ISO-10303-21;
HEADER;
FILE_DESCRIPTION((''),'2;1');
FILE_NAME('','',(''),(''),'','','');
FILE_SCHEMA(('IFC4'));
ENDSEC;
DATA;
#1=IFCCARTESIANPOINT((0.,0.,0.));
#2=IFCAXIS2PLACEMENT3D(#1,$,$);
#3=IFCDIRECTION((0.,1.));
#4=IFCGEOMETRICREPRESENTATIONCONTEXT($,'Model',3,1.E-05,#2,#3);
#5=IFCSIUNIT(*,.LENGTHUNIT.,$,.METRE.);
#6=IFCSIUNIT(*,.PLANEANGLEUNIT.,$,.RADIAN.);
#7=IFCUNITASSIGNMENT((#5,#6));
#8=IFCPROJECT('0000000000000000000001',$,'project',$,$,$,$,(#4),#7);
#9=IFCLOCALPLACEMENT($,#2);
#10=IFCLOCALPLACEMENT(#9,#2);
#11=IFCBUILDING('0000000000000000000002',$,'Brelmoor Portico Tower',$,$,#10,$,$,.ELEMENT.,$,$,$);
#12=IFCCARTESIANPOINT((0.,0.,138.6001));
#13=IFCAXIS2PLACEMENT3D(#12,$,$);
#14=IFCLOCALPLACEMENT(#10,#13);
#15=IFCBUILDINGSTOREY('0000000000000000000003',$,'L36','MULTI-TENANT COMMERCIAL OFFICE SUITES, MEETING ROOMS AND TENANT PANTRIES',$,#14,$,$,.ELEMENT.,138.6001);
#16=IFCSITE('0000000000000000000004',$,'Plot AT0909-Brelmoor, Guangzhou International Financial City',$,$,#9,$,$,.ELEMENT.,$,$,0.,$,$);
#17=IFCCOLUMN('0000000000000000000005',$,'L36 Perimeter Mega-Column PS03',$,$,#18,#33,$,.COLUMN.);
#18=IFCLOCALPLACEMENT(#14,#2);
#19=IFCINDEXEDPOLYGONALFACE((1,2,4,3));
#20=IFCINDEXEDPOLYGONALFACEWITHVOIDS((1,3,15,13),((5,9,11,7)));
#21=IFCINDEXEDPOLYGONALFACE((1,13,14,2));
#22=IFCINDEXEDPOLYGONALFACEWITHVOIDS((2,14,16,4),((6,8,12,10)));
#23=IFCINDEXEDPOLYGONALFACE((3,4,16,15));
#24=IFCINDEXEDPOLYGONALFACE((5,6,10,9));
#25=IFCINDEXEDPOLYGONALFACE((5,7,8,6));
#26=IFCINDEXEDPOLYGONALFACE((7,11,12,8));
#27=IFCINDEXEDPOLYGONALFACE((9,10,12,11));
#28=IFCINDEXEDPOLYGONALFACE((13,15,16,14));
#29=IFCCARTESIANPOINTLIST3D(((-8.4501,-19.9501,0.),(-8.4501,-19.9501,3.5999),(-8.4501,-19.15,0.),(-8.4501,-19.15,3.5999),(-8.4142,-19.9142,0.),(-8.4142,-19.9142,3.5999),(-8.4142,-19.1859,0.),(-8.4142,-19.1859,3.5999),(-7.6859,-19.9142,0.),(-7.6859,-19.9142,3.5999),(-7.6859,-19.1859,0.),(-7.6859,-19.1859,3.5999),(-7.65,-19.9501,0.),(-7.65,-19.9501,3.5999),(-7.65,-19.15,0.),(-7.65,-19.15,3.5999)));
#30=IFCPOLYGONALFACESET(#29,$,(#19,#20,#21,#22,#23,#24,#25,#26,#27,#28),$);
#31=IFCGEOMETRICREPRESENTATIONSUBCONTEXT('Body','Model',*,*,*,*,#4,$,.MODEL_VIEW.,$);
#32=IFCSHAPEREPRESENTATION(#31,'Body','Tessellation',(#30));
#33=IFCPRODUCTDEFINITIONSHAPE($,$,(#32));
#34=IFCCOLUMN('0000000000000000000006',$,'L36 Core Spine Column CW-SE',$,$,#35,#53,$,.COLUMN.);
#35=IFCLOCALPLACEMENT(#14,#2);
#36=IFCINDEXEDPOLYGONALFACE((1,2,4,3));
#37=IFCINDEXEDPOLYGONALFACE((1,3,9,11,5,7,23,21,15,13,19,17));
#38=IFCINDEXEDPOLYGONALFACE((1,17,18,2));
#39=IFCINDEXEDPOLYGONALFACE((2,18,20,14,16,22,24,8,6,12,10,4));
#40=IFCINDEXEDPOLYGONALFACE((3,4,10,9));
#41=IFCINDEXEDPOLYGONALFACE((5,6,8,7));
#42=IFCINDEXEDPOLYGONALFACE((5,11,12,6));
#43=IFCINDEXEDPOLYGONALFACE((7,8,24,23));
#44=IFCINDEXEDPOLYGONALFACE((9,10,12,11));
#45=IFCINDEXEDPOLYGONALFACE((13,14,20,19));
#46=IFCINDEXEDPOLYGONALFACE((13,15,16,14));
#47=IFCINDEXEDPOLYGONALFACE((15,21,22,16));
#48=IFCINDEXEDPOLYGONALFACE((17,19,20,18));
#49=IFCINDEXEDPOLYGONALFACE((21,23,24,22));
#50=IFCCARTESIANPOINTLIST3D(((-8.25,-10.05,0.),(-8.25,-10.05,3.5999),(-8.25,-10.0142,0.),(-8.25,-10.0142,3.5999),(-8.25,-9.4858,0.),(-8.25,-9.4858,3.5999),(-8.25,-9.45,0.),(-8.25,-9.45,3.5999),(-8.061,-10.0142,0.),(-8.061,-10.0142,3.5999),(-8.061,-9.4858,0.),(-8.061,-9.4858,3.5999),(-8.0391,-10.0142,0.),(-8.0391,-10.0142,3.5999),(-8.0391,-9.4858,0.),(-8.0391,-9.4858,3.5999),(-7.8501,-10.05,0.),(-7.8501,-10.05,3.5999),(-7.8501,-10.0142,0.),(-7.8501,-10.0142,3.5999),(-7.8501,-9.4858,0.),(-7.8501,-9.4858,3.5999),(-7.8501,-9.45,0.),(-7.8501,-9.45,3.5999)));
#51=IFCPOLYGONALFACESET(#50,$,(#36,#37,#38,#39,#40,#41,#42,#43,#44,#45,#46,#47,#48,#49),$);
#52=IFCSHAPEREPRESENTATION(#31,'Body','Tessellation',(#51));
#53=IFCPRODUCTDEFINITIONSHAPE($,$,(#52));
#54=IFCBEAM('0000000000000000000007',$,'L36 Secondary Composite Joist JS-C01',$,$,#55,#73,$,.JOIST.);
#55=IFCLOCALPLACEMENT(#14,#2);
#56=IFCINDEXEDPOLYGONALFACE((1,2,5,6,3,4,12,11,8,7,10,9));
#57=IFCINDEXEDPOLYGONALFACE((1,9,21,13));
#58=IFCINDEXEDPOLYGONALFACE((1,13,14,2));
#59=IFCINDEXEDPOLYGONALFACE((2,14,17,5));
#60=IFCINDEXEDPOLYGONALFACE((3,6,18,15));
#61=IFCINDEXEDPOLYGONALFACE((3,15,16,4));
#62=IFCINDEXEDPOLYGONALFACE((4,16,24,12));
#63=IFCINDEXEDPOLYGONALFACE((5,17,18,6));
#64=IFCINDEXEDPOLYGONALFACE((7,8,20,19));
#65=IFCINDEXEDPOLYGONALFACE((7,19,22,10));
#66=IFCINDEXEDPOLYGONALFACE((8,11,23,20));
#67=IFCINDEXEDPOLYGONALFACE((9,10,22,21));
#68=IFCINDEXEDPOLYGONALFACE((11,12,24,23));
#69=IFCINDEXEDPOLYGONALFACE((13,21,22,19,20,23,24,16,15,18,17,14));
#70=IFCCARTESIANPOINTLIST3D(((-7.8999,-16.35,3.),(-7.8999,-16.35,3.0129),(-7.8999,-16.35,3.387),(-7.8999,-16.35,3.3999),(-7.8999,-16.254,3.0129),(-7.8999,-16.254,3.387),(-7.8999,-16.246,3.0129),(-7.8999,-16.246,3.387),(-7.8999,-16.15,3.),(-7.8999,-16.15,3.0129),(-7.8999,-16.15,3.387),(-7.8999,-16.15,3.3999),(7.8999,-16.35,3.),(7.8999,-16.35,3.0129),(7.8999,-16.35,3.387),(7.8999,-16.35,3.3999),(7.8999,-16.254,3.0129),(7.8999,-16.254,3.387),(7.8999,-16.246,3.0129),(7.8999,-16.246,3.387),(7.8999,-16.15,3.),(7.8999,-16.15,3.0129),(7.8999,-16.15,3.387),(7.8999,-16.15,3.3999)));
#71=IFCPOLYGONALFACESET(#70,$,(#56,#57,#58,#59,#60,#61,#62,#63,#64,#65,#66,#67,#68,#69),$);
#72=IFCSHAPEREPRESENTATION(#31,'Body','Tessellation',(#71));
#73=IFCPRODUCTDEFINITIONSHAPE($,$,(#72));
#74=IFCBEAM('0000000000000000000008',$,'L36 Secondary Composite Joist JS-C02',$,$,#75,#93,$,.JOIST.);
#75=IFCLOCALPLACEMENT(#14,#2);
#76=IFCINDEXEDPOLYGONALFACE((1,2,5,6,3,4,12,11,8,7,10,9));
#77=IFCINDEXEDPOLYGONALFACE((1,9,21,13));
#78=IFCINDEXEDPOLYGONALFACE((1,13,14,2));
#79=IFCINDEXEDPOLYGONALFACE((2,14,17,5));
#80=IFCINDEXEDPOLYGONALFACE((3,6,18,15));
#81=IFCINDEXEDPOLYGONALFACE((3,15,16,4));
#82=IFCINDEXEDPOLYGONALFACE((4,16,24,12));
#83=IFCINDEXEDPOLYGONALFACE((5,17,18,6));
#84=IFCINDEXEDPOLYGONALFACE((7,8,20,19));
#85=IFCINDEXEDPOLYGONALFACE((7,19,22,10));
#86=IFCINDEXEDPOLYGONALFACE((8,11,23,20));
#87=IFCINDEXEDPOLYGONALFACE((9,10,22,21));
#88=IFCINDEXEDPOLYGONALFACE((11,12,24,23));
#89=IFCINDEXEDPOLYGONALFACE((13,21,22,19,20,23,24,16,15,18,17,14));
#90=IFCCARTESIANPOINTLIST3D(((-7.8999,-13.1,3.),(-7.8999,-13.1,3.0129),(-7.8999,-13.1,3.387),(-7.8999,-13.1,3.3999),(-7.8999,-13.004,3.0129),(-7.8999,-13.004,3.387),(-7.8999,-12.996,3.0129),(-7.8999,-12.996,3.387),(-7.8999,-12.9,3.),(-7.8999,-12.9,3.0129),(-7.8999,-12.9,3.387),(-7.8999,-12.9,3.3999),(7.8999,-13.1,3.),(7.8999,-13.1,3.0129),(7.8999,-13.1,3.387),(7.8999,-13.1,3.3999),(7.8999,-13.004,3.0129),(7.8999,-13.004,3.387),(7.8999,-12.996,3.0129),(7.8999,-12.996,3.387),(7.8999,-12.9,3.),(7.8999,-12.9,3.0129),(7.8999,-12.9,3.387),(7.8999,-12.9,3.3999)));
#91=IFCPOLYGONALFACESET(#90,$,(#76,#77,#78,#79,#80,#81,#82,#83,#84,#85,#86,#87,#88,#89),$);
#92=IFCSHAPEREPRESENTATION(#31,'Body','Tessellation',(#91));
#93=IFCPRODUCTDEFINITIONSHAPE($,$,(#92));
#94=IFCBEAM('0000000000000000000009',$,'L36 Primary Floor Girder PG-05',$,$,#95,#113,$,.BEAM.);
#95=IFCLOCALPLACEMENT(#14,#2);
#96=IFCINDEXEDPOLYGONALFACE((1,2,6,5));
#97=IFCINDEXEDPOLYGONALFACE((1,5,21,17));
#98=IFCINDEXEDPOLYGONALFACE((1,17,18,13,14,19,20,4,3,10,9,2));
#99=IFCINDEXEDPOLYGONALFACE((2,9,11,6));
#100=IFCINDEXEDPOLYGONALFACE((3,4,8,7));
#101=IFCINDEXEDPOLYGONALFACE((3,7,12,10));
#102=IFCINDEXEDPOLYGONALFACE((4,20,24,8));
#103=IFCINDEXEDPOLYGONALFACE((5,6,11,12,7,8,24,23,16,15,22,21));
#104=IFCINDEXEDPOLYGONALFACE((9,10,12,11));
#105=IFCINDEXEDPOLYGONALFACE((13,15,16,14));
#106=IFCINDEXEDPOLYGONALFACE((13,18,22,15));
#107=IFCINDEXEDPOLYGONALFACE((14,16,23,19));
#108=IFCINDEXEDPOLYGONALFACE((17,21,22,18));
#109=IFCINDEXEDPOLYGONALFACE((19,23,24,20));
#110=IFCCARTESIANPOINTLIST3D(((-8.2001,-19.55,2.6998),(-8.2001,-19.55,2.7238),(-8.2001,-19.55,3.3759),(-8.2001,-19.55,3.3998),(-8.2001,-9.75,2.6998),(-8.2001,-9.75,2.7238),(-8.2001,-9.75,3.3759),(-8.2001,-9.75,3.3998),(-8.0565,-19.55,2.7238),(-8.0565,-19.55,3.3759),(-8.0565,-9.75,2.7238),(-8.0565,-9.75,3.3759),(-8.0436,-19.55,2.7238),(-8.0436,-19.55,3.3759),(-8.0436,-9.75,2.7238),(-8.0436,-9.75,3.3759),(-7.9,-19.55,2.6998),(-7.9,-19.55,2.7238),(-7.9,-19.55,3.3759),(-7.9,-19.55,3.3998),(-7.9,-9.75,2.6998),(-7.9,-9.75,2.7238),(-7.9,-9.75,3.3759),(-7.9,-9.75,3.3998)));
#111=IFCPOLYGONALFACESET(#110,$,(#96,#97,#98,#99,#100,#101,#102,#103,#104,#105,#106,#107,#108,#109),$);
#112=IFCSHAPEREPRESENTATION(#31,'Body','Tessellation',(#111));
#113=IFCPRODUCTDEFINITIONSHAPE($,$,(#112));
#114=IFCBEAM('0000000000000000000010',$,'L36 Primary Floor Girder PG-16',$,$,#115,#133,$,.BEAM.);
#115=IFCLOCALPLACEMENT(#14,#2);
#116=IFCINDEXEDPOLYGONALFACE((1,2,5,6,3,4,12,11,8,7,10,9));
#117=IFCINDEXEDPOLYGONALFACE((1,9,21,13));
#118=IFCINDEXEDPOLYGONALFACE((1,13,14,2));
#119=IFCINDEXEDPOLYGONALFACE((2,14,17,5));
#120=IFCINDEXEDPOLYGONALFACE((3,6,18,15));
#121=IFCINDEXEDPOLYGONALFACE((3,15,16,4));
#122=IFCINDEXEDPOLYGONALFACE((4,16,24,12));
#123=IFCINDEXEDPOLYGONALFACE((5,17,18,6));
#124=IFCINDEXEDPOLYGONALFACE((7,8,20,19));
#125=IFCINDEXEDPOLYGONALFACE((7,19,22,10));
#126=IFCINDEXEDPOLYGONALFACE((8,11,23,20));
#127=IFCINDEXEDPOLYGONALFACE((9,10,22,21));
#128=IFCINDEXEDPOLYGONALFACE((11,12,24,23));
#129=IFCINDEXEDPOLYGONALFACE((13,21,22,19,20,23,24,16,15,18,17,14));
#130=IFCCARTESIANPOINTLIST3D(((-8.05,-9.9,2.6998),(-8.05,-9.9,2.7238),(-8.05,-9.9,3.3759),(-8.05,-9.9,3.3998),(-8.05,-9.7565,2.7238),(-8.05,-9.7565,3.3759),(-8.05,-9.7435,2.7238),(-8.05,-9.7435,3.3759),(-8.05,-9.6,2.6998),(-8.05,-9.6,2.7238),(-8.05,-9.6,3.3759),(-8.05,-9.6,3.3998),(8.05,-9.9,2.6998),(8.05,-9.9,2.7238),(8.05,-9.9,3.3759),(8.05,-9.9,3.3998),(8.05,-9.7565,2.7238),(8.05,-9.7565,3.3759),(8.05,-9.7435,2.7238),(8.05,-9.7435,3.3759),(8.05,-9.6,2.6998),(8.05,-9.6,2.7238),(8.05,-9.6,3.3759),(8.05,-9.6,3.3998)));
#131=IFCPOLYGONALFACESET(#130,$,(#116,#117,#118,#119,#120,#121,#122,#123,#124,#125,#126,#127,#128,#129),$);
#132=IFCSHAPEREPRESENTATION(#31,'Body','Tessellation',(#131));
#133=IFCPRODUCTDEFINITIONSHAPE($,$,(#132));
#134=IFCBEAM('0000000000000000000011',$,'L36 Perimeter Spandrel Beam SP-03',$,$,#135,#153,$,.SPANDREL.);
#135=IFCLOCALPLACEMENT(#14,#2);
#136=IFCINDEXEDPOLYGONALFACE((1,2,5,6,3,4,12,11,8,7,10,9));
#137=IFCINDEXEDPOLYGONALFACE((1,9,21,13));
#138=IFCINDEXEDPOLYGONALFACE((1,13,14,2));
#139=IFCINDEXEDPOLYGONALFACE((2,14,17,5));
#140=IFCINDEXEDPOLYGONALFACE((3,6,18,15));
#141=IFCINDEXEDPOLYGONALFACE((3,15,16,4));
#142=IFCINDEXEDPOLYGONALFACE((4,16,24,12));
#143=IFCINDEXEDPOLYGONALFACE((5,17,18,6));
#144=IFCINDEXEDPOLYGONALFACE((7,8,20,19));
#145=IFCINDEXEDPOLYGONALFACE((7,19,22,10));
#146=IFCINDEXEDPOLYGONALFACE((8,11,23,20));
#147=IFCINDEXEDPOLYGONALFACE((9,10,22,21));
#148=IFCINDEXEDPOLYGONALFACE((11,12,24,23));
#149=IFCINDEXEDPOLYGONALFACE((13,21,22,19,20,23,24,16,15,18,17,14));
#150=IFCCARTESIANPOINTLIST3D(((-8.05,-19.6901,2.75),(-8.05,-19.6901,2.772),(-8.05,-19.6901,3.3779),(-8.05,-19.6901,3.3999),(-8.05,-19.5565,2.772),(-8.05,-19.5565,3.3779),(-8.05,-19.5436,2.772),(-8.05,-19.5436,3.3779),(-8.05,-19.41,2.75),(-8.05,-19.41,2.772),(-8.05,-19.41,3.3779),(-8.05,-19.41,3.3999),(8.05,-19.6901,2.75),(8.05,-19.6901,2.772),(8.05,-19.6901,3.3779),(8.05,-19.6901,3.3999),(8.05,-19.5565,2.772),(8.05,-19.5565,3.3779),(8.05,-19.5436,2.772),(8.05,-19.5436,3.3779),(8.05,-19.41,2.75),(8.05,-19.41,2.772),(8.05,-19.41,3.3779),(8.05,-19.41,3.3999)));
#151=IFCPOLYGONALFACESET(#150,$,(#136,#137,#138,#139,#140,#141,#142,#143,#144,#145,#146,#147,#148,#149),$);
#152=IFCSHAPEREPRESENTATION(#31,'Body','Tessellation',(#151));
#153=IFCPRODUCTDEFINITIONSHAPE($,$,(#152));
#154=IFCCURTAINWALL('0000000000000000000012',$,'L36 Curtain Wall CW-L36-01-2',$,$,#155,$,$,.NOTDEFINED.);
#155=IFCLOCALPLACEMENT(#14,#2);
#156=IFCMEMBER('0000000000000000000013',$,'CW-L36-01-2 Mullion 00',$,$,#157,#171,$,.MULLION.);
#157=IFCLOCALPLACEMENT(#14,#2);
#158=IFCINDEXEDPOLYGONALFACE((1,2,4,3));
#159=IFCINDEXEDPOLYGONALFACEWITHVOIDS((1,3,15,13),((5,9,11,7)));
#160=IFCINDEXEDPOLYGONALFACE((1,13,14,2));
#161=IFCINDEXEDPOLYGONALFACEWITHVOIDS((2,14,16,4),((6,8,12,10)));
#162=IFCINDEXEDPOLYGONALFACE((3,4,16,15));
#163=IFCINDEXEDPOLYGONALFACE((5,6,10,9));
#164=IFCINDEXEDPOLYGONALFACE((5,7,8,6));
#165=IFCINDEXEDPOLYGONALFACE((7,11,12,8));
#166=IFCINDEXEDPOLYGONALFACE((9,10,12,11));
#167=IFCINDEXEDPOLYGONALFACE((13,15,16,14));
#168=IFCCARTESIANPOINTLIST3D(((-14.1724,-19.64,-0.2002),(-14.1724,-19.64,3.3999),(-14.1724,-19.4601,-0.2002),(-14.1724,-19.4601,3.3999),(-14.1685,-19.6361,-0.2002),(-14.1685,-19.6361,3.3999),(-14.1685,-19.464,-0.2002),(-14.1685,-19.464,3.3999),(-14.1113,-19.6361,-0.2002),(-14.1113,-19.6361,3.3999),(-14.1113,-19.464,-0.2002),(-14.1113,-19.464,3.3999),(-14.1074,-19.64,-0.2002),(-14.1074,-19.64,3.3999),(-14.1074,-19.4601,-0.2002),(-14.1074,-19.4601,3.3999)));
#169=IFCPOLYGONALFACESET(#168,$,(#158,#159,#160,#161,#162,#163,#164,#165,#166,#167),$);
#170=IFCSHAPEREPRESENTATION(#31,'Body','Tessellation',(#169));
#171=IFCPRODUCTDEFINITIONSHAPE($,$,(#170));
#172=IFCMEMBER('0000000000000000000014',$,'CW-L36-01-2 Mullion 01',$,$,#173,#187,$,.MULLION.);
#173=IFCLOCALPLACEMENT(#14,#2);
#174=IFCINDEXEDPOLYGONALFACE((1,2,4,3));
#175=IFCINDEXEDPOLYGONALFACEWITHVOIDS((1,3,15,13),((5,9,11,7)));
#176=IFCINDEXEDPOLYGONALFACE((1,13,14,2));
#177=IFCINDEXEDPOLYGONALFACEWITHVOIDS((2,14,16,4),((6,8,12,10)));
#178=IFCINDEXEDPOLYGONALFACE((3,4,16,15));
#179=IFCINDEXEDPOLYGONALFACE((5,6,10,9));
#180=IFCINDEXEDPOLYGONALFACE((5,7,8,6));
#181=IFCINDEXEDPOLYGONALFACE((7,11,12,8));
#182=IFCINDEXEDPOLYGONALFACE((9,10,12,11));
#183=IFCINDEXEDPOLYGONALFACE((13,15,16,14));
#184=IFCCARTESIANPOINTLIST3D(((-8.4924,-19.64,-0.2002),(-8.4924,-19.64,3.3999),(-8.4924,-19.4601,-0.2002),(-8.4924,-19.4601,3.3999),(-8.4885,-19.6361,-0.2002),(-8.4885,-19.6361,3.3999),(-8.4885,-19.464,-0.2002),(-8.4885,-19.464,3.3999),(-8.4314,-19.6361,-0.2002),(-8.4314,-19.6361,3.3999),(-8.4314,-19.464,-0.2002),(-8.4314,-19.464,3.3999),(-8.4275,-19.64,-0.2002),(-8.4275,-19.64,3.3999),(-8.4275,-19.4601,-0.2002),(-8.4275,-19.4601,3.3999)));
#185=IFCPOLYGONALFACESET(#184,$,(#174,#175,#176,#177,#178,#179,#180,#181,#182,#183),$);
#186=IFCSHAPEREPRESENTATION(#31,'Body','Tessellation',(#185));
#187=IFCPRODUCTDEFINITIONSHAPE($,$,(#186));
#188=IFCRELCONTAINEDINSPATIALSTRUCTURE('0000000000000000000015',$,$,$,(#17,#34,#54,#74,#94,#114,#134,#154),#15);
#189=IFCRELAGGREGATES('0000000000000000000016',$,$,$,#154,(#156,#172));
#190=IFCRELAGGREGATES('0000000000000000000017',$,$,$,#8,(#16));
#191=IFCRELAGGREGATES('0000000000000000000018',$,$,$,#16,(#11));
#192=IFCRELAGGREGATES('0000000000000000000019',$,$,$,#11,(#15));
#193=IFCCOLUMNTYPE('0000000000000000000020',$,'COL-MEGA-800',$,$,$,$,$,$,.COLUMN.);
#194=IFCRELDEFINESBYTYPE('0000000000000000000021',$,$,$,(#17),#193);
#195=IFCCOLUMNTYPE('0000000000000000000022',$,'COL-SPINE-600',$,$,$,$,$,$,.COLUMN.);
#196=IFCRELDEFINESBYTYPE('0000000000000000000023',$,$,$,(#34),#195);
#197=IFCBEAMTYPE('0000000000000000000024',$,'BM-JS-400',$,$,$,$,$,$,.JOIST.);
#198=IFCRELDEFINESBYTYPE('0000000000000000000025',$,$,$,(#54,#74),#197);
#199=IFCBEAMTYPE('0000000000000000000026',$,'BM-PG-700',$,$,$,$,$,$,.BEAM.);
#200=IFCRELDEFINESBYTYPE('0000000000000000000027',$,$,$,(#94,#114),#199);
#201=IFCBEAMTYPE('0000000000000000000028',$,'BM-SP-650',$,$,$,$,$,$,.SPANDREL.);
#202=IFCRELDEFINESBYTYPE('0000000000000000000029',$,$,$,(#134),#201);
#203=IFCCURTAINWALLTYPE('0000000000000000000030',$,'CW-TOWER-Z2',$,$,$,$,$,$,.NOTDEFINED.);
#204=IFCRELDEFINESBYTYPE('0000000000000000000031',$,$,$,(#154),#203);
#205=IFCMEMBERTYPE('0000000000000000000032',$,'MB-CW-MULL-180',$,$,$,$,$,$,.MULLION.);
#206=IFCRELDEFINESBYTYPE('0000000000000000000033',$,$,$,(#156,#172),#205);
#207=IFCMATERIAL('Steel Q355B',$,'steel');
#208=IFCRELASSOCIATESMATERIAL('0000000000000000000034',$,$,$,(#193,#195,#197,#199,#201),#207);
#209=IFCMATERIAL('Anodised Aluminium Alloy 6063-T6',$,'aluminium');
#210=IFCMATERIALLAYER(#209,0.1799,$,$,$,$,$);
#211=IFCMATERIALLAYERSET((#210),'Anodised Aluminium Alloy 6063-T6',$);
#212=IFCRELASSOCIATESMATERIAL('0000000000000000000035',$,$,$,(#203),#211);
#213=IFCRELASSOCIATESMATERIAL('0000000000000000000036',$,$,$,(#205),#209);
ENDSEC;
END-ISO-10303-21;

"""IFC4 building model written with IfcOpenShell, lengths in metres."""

from ifc_helpers import new_model, si_unit, direction, frame, origin, origin_2d, place, context, subcontext, project, spatial, hollow_rectangle, i_section, extrude, material, layer, layer_set, material_profile, profile_set, type_object, element, aggregate, save


model = new_model("IFC4")

# Units and contexts
model_context = context("Model", 3, precision=1e-05, world=origin(), true_north=direction((0.0, 1.0)))
body_context = subcontext(model_context, "Body", "Model", "MODEL_VIEW")
ifc_project = project(units=[si_unit("LENGTHUNIT", "METRE"), si_unit("PLANEANGLEUNIT", "RADIAN")], contexts=[model_context])

# Site, building, storey
site_placement = place(None, origin())
site = spatial("IfcSite", under=ifc_project, at=site_placement, Name="Plot AT0909-Brelmoor, Guangzhou International Financial City", CompositionType="ELEMENT", RefElevation=0.0)
building_placement = place(site_placement, origin())
building = spatial("IfcBuilding", under=site, at=building_placement, Name="Brelmoor Portico Tower", CompositionType="ELEMENT")
storey_placement = place(building_placement, frame((0.0, 0.0, 138.6001)))
storey = spatial("IfcBuildingStorey", under=building, at=storey_placement, Name="L36", Description="MULTI-TENANT COMMERCIAL OFFICE SUITES, MEETING ROOMS AND TENANT PANTRIES", CompositionType="ELEMENT", Elevation=138.6001)

# Columns
ifc_material_1 = material(Name="Steel Q355B", Category="steel")
ifc_material_profile_1 = material_profile(ifc_material_1, hollow_rectangle(XDim=0.8, YDim=0.8, WallThickness=0.0359, at=origin_2d()), Name="BOX 800x800x36")
ifc_profile_set_1 = profile_set([ifc_material_profile_1], Name="Steel Q355B")
column_type_1 = type_object("IfcColumnType", Name="COL-MEGA-800", PredefinedType="COLUMN", material=ifc_profile_set_1)
column_1_placement = place(storey_placement, frame((-8.05, -19.55, 0.0), z_axis=(0.0, 0.0, 1.0), x_axis=(1.0, 0.0, 0.0)))
element("IfcColumn", 1, at=column_1_placement, inside=storey, type_object=column_type_1, Name="L36 Perimeter Mega-Column PS03", PredefinedType="COLUMN", context=body_context, shape_type="SweptSolid", body=[
    extrude(hollow_rectangle(XDim=0.8, YDim=0.8, WallThickness=0.0359, at=origin_2d()), origin(), (0.0, 0.0, 1.0), 3.5999),
])
ifc_material_profile_2 = material_profile(ifc_material_1, i_section(OverallWidth=0.3999, OverallDepth=0.6001, WebThickness=0.022, FlangeThickness=0.0359, at=origin_2d()), Name="HW 600x400x22x36")
ifc_profile_set_2 = profile_set([ifc_material_profile_2], Name="Steel Q355B")
column_type_2 = type_object("IfcColumnType", Name="COL-SPINE-600", PredefinedType="COLUMN", material=ifc_profile_set_2)
column_2_placement = place(storey_placement, frame((-8.05, -9.75, 0.0), z_axis=(0.0, 0.0, 1.0), x_axis=(1.0, 0.0, 0.0)))
element("IfcColumn", 2, at=column_2_placement, inside=storey, type_object=column_type_2, Name="L36 Core Spine Column CW-SE", PredefinedType="COLUMN", context=body_context, shape_type="SweptSolid", body=[
    extrude(i_section(OverallWidth=0.3999, OverallDepth=0.6001, WebThickness=0.022, FlangeThickness=0.0359, at=origin_2d()), origin(), (0.0, 0.0, 1.0), 3.5999),
])

# Beams
ifc_material_profile_3 = material_profile(ifc_material_1, i_section(OverallWidth=0.2, OverallDepth=0.3999, WebThickness=0.0081, FlangeThickness=0.0129, at=origin_2d()), Name="HN 400x200x8x13")
ifc_profile_set_3 = profile_set([ifc_material_profile_3], Name="Steel Q355B")
beam_type_1 = type_object("IfcBeamType", Name="BM-JS-400", PredefinedType="JOIST", material=ifc_profile_set_3)
for number, where, z_axis, x_axis, name in (
    (3, (-7.8999, -16.25, 3.2), (1.0, 0.0, 0.0), (0.0, 1.0, 0.0), "L36 Secondary Composite Joist JS-C01"),
    (4, (-7.8999, -13.0, 3.2), (1.0, 0.0, 0.0), (0.0, 1.0, 0.0), "L36 Secondary Composite Joist JS-C02"),
):
    element("IfcBeam", number, at=place(storey_placement, frame(where, z_axis=z_axis, x_axis=x_axis)), inside=storey, type_object=beam_type_1, Name=name, PredefinedType="JOIST", context=body_context, shape_type="SweptSolid", body=[
        extrude(i_section(OverallWidth=0.2, OverallDepth=0.3999, WebThickness=0.0081, FlangeThickness=0.0129, at=origin_2d()), origin(), (0.0, 0.0, 1.0), 15.7998),
    ])
ifc_material_profile_4 = material_profile(ifc_material_1, i_section(OverallWidth=0.3, OverallDepth=0.7, WebThickness=0.0129, FlangeThickness=0.0239, at=origin_2d()), Name="HN 700x300x13x24")
ifc_profile_set_4 = profile_set([ifc_material_profile_4], Name="Steel Q355B")
beam_type_2 = type_object("IfcBeamType", Name="BM-PG-700", PredefinedType="BEAM", material=ifc_profile_set_4)
beam_1_placement = place(storey_placement, frame((-8.05, -19.55, 3.0498), z_axis=(0.0, 1.0, 0.0), x_axis=(-1.0, 0.0, 0.0)))
element("IfcBeam", 5, at=beam_1_placement, inside=storey, type_object=beam_type_2, Name="L36 Primary Floor Girder PG-05", PredefinedType="BEAM", context=body_context, shape_type="SweptSolid", body=[
    extrude(i_section(OverallWidth=0.3, OverallDepth=0.7, WebThickness=0.0129, FlangeThickness=0.0239, at=origin_2d()), origin(), (0.0, 0.0, 1.0), 9.8),
])
beam_2_placement = place(storey_placement, frame((-8.05, -9.75, 3.0498), z_axis=(1.0, 0.0, 0.0), x_axis=(0.0, 1.0, 0.0)))
element("IfcBeam", 6, at=beam_2_placement, inside=storey, type_object=beam_type_2, Name="L36 Primary Floor Girder PG-16", PredefinedType="BEAM", context=body_context, shape_type="SweptSolid", body=[
    extrude(i_section(OverallWidth=0.3, OverallDepth=0.7, WebThickness=0.0129, FlangeThickness=0.0239, at=origin_2d()), origin(), (0.0, 0.0, 1.0), 16.1001),
])
ifc_material_profile_5 = material_profile(ifc_material_1, i_section(OverallWidth=0.28, OverallDepth=0.6499, WebThickness=0.0129, FlangeThickness=0.022, at=origin_2d()), Name="HN 650x280x13x22")
ifc_profile_set_5 = profile_set([ifc_material_profile_5], Name="Steel Q355B")
beam_type_3 = type_object("IfcBeamType", Name="BM-SP-650", PredefinedType="SPANDREL", material=ifc_profile_set_5)
beam_3_placement = place(storey_placement, frame((-8.05, -19.55, 3.075), z_axis=(1.0, 0.0, 0.0), x_axis=(0.0, 1.0, 0.0)))
element("IfcBeam", 7, at=beam_3_placement, inside=storey, type_object=beam_type_3, Name="L36 Perimeter Spandrel Beam SP-03", PredefinedType="SPANDREL", context=body_context, shape_type="SweptSolid", body=[
    extrude(i_section(OverallWidth=0.28, OverallDepth=0.6499, WebThickness=0.0129, FlangeThickness=0.022, at=origin_2d()), origin(), (0.0, 0.0, 1.0), 16.1001),
])

# Curtain wall, members
ifc_material_2 = material(Name="Anodised Aluminium Alloy 6063-T6", Category="aluminium")
ifc_layer_1 = layer(ifc_material_2, 0.1799)
ifc_layer_set_1 = layer_set([ifc_layer_1], Name="Anodised Aluminium Alloy 6063-T6")
curtain_wall_type_1 = type_object("IfcCurtainWallType", Name="CW-TOWER-Z2", PredefinedType="NOTDEFINED", material=ifc_layer_set_1)
curtain_wall_1_placement = place(storey_placement, origin())
curtain_wall_1 = element("IfcCurtainWall", 8, at=curtain_wall_1_placement, inside=storey, type_object=curtain_wall_type_1, Name="L36 Curtain Wall CW-L36-01-2", PredefinedType="NOTDEFINED")
ifc_material_profile_6 = material_profile(ifc_material_2, hollow_rectangle(XDim=0.0649, YDim=0.1799, WallThickness=0.0039, at=origin_2d()), Name="ALU MULLION 65x180")
ifc_profile_set_6 = profile_set([ifc_material_profile_6], Name="Anodised Aluminium Alloy 6063-T6")
member_type_1 = type_object("IfcMemberType", Name="MB-CW-MULL-180", PredefinedType="MULLION", material=ifc_profile_set_6)
member_1_placement = place(storey_placement, frame((-14.1399, -19.55, -0.2002), z_axis=(0.0, 0.0, 1.0), x_axis=(1.0, 0.0, 0.0)))
member_1 = element("IfcMember", 9, at=member_1_placement, type_object=member_type_1, Name="CW-L36-01-2 Mullion 00", PredefinedType="MULLION", context=body_context, shape_type="SweptSolid", body=[
    extrude(hollow_rectangle(XDim=0.0649, YDim=0.1799, WallThickness=0.0039, at=origin_2d()), origin(), (0.0, 0.0, 1.0), 3.6001),
])
member_2_placement = place(storey_placement, frame((-8.46, -19.55, -0.2002), z_axis=(0.0, 0.0, 1.0), x_axis=(1.0, 0.0, 0.0)))
member_2 = element("IfcMember", 10, at=member_2_placement, type_object=member_type_1, Name="CW-L36-01-2 Mullion 01", PredefinedType="MULLION", context=body_context, shape_type="SweptSolid", body=[
    extrude(hollow_rectangle(XDim=0.0649, YDim=0.1799, WallThickness=0.0039, at=origin_2d()), origin(), (0.0, 0.0, 1.0), 3.6001),
])

aggregate(curtain_wall_1, [member_1, member_2])

save(model, "model.ifc")
